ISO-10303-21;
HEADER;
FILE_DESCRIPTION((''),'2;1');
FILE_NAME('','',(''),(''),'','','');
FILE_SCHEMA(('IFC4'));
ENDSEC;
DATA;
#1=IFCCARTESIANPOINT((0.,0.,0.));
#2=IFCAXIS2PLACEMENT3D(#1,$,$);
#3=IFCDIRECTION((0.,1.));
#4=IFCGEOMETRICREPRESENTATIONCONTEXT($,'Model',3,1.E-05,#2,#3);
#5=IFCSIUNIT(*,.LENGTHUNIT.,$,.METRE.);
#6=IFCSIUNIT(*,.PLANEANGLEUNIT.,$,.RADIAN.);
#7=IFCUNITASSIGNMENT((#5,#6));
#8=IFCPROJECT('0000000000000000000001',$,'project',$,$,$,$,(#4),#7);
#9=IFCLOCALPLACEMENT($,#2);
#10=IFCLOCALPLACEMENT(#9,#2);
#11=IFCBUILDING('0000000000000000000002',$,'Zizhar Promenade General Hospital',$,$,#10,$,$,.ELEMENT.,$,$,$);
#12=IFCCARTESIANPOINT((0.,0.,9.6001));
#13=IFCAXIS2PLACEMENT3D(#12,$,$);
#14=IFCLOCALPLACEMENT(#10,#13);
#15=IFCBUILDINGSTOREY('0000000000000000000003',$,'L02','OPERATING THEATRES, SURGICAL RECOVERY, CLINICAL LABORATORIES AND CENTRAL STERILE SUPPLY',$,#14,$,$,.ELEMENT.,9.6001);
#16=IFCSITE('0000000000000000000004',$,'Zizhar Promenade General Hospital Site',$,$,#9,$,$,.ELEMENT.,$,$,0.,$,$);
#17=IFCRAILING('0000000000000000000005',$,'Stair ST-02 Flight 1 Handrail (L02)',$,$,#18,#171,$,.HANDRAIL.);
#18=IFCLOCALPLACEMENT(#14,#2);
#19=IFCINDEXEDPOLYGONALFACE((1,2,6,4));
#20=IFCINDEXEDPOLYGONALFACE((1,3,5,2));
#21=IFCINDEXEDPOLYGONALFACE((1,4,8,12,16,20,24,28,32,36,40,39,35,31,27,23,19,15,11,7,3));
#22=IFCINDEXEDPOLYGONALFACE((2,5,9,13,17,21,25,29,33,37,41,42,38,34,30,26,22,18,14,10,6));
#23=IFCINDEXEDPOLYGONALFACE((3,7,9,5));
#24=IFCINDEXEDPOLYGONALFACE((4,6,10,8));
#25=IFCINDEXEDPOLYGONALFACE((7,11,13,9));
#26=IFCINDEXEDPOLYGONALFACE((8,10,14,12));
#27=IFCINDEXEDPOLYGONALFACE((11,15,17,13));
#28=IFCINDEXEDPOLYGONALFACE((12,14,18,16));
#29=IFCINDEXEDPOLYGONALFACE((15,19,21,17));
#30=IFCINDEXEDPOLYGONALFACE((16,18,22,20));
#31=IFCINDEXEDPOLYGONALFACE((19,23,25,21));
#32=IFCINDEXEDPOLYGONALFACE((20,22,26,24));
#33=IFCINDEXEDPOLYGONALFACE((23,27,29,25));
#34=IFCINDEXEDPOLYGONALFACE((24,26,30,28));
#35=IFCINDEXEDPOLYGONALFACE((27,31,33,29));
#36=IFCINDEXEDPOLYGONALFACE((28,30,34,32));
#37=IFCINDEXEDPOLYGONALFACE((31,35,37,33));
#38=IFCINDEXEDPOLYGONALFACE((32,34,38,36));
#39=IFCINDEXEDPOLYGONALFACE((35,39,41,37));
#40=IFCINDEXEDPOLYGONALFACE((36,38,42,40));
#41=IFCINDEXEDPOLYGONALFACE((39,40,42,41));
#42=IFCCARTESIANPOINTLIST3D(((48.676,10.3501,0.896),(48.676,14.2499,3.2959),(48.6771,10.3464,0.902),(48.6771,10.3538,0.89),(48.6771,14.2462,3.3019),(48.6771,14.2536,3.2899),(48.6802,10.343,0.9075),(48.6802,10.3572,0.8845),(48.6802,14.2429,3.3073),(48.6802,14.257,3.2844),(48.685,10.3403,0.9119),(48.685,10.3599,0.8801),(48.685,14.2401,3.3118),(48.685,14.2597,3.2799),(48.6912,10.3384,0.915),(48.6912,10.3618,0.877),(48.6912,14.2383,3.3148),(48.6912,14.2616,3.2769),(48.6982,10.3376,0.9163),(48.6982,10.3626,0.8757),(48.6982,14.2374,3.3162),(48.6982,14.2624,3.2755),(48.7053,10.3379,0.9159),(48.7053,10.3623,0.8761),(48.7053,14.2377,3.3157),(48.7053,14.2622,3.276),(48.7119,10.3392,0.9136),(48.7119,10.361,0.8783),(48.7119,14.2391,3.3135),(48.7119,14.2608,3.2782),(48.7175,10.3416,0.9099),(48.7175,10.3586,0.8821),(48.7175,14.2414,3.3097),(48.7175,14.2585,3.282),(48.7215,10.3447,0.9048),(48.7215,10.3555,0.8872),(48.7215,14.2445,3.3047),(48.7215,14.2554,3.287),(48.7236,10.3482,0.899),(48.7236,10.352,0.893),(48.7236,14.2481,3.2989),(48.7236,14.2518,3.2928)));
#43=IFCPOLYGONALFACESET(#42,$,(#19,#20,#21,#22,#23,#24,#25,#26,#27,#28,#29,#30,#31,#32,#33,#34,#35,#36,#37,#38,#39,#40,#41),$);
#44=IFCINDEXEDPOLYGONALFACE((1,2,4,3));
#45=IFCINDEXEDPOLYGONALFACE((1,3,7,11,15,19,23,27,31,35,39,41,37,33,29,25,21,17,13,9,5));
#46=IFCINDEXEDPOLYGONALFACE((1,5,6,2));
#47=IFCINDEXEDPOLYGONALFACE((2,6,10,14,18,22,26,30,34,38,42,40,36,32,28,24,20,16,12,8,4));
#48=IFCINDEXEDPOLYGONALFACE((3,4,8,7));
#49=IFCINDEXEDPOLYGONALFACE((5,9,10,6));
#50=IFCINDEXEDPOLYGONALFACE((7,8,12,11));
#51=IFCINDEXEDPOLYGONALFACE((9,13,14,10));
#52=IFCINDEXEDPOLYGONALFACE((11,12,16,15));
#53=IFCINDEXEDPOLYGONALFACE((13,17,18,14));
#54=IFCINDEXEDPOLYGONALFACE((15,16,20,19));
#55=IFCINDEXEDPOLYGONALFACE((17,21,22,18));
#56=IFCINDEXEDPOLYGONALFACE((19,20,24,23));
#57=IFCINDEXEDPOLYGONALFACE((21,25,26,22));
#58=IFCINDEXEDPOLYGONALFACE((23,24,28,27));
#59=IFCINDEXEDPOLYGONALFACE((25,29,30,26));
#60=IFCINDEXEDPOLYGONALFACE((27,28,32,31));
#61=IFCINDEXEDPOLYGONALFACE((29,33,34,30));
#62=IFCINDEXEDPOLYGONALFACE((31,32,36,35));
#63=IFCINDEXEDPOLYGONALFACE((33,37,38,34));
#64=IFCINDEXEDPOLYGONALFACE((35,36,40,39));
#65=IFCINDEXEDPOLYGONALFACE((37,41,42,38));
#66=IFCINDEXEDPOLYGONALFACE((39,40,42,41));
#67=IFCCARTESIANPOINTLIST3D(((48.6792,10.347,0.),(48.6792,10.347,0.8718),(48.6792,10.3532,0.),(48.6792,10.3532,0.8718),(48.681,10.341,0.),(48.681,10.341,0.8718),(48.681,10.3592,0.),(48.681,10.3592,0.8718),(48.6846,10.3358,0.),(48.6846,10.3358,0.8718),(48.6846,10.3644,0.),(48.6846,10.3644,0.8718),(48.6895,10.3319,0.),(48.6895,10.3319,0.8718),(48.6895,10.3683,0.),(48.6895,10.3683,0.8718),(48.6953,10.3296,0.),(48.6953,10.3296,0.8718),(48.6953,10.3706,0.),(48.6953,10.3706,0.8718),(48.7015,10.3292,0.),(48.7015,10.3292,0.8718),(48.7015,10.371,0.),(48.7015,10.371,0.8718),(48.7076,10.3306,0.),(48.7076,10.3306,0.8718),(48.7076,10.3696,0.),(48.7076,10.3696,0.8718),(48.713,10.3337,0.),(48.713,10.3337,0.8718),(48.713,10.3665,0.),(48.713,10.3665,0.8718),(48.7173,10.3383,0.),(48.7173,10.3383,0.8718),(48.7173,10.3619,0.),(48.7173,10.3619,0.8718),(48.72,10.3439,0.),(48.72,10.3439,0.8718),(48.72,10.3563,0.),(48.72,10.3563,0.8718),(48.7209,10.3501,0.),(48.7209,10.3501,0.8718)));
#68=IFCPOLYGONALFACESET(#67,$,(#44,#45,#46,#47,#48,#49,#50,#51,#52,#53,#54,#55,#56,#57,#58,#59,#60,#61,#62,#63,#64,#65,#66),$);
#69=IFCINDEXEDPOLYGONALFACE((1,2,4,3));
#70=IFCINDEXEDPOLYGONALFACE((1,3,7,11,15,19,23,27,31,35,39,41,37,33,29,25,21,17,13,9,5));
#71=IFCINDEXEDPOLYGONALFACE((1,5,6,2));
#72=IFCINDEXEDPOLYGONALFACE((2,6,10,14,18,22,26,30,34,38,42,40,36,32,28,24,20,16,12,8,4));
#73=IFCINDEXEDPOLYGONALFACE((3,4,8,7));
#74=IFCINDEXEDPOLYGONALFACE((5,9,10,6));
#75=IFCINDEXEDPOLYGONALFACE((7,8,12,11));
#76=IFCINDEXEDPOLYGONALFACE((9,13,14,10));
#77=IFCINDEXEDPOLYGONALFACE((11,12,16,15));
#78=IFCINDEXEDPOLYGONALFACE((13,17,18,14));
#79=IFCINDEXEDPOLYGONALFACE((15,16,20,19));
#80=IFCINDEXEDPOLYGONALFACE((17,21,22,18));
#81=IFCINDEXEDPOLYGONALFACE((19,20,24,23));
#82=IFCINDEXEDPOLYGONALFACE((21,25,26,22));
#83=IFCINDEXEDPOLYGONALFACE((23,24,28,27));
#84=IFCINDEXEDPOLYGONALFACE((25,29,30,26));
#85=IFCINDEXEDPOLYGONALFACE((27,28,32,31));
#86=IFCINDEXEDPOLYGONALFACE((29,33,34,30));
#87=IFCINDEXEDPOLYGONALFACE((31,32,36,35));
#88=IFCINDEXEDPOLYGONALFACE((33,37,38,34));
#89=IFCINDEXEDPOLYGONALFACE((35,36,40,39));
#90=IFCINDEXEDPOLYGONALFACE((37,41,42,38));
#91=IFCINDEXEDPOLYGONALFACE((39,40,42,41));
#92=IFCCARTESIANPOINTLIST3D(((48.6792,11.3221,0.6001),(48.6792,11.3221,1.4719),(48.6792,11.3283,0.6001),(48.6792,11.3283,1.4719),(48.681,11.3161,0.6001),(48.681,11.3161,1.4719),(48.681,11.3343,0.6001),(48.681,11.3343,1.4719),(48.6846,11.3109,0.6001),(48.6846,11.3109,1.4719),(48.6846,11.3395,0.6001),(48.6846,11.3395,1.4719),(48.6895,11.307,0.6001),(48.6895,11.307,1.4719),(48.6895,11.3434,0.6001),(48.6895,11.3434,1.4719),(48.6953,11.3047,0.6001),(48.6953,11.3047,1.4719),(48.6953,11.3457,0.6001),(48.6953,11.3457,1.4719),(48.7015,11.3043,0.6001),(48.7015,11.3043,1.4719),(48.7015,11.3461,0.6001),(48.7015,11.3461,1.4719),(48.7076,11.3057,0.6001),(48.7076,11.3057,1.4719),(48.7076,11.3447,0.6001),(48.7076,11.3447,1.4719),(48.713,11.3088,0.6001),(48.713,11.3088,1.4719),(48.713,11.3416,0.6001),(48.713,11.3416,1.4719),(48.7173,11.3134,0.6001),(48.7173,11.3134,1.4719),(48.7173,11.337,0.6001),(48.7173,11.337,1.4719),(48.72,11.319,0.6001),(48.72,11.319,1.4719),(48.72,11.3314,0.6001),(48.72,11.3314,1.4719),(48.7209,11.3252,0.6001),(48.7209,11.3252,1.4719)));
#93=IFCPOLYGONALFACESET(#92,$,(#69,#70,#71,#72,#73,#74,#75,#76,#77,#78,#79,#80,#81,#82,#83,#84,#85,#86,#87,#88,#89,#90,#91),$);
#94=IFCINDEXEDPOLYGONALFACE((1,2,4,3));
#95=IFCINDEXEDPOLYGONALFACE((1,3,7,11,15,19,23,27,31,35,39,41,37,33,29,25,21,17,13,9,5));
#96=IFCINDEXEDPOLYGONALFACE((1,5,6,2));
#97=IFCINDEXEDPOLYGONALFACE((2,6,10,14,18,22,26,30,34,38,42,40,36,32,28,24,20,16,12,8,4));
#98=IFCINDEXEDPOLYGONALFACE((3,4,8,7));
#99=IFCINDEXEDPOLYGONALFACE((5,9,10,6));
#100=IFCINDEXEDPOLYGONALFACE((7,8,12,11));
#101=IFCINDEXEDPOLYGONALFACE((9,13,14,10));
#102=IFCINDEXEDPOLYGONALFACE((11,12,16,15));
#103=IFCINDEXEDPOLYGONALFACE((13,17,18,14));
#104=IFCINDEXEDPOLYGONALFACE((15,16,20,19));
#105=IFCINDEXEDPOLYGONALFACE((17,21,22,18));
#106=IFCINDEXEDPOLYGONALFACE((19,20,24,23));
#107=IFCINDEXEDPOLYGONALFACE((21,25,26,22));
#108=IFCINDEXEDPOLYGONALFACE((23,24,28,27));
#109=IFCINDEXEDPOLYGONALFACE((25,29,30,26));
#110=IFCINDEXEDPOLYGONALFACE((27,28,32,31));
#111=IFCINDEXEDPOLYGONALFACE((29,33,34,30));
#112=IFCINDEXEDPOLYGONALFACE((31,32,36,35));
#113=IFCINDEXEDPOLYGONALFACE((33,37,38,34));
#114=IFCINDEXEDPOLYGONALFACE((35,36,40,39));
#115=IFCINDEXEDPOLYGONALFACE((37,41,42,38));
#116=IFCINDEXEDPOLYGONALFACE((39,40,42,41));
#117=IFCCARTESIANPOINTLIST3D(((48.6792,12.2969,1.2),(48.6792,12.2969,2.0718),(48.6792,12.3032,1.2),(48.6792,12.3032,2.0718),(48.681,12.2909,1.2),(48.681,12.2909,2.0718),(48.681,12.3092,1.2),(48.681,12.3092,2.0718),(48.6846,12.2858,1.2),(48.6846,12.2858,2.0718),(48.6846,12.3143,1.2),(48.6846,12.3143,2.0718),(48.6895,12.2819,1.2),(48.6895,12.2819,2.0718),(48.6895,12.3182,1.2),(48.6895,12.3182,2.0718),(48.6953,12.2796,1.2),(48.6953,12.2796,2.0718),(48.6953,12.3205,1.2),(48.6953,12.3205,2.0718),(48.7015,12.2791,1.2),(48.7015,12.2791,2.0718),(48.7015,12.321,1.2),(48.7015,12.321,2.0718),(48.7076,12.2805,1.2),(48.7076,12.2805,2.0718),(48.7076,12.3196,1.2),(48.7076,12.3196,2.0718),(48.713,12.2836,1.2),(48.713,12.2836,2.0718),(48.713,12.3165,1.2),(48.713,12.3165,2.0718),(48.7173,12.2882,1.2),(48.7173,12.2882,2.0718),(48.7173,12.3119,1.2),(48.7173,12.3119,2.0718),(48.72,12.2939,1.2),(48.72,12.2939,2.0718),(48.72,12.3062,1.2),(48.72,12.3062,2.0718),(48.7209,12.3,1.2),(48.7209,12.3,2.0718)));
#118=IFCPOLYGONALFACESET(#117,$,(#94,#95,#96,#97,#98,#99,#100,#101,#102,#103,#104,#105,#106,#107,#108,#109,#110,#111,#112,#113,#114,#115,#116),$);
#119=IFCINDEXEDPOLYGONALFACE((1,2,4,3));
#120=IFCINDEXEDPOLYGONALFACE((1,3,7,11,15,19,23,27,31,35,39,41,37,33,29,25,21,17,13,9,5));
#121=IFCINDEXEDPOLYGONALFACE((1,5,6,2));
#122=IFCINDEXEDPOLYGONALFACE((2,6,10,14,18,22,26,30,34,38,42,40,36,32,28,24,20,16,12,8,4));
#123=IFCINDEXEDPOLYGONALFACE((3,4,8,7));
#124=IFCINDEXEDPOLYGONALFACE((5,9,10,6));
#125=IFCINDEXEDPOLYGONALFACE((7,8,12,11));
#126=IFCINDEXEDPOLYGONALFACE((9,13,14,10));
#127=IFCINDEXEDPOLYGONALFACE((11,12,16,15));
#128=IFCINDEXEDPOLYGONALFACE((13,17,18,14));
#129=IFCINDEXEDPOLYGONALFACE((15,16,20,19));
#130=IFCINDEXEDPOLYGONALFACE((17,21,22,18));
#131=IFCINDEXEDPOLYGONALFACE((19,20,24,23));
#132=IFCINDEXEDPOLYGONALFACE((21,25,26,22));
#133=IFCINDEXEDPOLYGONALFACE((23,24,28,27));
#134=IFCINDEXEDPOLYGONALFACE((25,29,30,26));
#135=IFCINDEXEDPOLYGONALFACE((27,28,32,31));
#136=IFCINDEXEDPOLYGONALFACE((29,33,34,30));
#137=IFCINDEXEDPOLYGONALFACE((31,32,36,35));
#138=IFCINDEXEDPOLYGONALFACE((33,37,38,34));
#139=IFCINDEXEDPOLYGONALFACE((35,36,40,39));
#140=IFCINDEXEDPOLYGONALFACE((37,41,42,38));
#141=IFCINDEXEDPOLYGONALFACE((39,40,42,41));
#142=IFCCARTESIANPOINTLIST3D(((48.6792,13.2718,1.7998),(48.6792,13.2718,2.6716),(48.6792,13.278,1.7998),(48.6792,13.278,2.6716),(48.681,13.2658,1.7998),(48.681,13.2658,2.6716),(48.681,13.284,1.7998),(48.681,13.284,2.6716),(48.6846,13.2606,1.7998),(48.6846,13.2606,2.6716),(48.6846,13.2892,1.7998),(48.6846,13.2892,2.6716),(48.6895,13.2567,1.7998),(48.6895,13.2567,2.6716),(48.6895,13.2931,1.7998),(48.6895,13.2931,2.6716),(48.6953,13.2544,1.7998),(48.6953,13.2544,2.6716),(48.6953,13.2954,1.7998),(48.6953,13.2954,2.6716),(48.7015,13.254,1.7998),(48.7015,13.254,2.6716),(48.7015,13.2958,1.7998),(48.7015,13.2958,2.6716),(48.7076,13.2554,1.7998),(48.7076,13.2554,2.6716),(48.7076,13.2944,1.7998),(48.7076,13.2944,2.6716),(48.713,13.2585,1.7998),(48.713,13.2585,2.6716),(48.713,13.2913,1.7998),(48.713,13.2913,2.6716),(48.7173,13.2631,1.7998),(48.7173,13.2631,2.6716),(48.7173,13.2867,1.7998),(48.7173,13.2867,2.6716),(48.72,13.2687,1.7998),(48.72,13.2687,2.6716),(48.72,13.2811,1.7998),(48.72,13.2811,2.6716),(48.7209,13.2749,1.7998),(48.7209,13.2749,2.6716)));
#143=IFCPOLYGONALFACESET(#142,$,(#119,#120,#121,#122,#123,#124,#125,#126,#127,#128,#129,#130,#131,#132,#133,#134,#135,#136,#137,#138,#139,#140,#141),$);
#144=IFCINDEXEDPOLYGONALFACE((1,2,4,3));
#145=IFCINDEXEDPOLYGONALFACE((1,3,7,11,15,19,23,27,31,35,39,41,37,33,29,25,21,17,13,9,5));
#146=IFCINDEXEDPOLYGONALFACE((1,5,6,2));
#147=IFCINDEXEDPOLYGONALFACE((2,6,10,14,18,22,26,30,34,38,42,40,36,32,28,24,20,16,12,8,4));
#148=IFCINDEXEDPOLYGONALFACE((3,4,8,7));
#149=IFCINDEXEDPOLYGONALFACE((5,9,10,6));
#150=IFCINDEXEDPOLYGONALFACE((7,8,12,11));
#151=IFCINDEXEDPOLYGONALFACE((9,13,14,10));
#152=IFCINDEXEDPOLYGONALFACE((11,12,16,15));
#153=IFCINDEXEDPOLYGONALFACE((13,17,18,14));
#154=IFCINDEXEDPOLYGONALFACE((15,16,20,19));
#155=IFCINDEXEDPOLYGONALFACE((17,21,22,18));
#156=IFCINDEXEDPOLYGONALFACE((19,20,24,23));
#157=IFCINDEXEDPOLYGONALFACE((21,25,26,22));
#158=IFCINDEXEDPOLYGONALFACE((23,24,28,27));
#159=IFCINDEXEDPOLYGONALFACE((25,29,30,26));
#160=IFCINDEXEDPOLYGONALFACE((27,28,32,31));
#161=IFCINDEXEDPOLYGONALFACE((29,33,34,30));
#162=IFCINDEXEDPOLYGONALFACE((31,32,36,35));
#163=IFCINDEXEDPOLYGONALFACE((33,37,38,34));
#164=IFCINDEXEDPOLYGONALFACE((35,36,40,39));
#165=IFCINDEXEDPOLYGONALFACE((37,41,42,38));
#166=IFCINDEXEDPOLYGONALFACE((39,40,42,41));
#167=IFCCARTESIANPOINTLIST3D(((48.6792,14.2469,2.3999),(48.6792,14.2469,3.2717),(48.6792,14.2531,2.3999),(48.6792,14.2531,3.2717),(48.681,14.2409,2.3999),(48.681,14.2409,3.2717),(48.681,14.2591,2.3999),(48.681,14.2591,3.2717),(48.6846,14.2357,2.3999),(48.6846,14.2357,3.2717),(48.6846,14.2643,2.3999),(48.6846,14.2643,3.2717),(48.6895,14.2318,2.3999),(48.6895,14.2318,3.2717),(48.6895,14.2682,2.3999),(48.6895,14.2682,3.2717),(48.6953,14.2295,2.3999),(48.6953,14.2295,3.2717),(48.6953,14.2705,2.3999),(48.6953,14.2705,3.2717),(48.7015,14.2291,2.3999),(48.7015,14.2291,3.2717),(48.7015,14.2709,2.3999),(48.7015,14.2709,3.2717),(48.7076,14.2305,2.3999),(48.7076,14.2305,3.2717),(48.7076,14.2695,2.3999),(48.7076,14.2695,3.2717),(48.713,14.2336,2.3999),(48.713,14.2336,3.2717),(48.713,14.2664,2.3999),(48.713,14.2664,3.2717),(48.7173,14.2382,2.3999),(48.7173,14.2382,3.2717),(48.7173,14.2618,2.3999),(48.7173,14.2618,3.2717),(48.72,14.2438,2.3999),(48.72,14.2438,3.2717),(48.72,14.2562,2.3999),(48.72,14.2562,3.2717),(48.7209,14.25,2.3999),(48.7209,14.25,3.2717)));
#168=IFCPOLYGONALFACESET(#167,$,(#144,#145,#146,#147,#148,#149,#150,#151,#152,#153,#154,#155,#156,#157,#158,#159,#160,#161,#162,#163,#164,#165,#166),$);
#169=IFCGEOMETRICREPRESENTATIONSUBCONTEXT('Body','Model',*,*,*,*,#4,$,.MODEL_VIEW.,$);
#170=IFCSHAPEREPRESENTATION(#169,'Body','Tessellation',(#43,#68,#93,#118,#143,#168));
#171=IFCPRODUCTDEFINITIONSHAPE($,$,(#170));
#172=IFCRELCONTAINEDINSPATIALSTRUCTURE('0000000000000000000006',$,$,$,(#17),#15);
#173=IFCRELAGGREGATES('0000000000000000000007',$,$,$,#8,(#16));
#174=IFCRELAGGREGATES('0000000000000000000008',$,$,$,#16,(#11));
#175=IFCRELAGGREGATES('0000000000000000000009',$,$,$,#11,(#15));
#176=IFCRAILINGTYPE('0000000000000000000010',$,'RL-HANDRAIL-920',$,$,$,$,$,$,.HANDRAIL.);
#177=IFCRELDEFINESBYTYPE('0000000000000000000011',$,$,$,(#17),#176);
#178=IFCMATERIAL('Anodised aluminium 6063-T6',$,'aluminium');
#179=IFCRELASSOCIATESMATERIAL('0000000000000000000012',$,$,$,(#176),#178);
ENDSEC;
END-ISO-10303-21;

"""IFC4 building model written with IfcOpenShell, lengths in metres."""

from ifc_helpers import new_model, si_unit, direction, frame, origin, origin_2d, place, context, subcontext, project, spatial, circle, hollow_circle, extrude, material, material_profile, profile_set, type_object, element, save


model = new_model("IFC4")

# Units and contexts
model_context = context("Model", 3, precision=1e-05, world=origin(), true_north=direction((0.0, 1.0)))
body_context = subcontext(model_context, "Body", "Model", "MODEL_VIEW")
ifc_project = project(units=[si_unit("LENGTHUNIT", "METRE"), si_unit("PLANEANGLEUNIT", "RADIAN")], contexts=[model_context])

# Site, building, storey
site_placement = place(None, origin())
site = spatial("IfcSite", under=ifc_project, at=site_placement, Name="Zizhar Promenade General Hospital Site", CompositionType="ELEMENT", RefElevation=0.0)
building_placement = place(site_placement, origin())
building = spatial("IfcBuilding", under=site, at=building_placement, Name="Zizhar Promenade General Hospital", CompositionType="ELEMENT")
storey_placement = place(building_placement, frame((0.0, 0.0, 9.6001)))
storey = spatial("IfcBuildingStorey", under=building, at=storey_placement, Name="L02", Description="OPERATING THEATRES, SURGICAL RECOVERY, CLINICAL LABORATORIES AND CENTRAL STERILE SUPPLY", CompositionType="ELEMENT", Elevation=9.6001)

# Railing
ifc_material_1 = material(Name="Anodised aluminium 6063-T6", Category="aluminium")
ifc_material_profile_1 = material_profile(ifc_material_1, hollow_circle(Radius=0.0698, WallThickness=0.0063, at=origin_2d()))
ifc_profile_set_1 = profile_set([ifc_material_profile_1], Name="Anodised aluminium 6063-T6")
railing_type_1 = type_object("IfcRailingType", Name="RL-HANDRAIL-920", PredefinedType="HANDRAIL", material=ifc_profile_set_1)
railing_1_placement = place(storey_placement, frame((48.7, 10.3501, 0.0)))
element("IfcRailing", 1, at=railing_1_placement, inside=storey, type_object=railing_type_1, Name="Stair ST-02 Flight 1 Handrail (L02)", PredefinedType="HANDRAIL", context=body_context, shape_type="SweptSolid", body=[
    extrude(circle(Radius=0.0239, at=origin_2d()), frame((0.0, 0.0, 0.896), z_axis=(0.0, 0.851662, 0.524091), x_axis=(-1.0, 0.0, 0.0)), (0.0, 0.0, 1.0), 4.5791),
    extrude(circle(Radius=0.021, at=origin_2d()), origin(), (0.0, 0.0, 1.0), 0.8718),
    extrude(circle(Radius=0.021, at=origin_2d()), frame((0.0, 0.9751, 0.6001)), (0.0, 0.0, 1.0), 0.8718),
    extrude(circle(Radius=0.021, at=origin_2d()), frame((0.0, 1.95, 1.2)), (0.0, 0.0, 1.0), 0.8718),
    extrude(circle(Radius=0.021, at=origin_2d()), frame((0.0, 2.9248, 1.7998)), (0.0, 0.0, 1.0), 0.8718),
    extrude(circle(Radius=0.021, at=origin_2d()), frame((0.0, 3.8999, 2.3999)), (0.0, 0.0, 1.0), 0.8718),
])

save(model, "model.ifc")
